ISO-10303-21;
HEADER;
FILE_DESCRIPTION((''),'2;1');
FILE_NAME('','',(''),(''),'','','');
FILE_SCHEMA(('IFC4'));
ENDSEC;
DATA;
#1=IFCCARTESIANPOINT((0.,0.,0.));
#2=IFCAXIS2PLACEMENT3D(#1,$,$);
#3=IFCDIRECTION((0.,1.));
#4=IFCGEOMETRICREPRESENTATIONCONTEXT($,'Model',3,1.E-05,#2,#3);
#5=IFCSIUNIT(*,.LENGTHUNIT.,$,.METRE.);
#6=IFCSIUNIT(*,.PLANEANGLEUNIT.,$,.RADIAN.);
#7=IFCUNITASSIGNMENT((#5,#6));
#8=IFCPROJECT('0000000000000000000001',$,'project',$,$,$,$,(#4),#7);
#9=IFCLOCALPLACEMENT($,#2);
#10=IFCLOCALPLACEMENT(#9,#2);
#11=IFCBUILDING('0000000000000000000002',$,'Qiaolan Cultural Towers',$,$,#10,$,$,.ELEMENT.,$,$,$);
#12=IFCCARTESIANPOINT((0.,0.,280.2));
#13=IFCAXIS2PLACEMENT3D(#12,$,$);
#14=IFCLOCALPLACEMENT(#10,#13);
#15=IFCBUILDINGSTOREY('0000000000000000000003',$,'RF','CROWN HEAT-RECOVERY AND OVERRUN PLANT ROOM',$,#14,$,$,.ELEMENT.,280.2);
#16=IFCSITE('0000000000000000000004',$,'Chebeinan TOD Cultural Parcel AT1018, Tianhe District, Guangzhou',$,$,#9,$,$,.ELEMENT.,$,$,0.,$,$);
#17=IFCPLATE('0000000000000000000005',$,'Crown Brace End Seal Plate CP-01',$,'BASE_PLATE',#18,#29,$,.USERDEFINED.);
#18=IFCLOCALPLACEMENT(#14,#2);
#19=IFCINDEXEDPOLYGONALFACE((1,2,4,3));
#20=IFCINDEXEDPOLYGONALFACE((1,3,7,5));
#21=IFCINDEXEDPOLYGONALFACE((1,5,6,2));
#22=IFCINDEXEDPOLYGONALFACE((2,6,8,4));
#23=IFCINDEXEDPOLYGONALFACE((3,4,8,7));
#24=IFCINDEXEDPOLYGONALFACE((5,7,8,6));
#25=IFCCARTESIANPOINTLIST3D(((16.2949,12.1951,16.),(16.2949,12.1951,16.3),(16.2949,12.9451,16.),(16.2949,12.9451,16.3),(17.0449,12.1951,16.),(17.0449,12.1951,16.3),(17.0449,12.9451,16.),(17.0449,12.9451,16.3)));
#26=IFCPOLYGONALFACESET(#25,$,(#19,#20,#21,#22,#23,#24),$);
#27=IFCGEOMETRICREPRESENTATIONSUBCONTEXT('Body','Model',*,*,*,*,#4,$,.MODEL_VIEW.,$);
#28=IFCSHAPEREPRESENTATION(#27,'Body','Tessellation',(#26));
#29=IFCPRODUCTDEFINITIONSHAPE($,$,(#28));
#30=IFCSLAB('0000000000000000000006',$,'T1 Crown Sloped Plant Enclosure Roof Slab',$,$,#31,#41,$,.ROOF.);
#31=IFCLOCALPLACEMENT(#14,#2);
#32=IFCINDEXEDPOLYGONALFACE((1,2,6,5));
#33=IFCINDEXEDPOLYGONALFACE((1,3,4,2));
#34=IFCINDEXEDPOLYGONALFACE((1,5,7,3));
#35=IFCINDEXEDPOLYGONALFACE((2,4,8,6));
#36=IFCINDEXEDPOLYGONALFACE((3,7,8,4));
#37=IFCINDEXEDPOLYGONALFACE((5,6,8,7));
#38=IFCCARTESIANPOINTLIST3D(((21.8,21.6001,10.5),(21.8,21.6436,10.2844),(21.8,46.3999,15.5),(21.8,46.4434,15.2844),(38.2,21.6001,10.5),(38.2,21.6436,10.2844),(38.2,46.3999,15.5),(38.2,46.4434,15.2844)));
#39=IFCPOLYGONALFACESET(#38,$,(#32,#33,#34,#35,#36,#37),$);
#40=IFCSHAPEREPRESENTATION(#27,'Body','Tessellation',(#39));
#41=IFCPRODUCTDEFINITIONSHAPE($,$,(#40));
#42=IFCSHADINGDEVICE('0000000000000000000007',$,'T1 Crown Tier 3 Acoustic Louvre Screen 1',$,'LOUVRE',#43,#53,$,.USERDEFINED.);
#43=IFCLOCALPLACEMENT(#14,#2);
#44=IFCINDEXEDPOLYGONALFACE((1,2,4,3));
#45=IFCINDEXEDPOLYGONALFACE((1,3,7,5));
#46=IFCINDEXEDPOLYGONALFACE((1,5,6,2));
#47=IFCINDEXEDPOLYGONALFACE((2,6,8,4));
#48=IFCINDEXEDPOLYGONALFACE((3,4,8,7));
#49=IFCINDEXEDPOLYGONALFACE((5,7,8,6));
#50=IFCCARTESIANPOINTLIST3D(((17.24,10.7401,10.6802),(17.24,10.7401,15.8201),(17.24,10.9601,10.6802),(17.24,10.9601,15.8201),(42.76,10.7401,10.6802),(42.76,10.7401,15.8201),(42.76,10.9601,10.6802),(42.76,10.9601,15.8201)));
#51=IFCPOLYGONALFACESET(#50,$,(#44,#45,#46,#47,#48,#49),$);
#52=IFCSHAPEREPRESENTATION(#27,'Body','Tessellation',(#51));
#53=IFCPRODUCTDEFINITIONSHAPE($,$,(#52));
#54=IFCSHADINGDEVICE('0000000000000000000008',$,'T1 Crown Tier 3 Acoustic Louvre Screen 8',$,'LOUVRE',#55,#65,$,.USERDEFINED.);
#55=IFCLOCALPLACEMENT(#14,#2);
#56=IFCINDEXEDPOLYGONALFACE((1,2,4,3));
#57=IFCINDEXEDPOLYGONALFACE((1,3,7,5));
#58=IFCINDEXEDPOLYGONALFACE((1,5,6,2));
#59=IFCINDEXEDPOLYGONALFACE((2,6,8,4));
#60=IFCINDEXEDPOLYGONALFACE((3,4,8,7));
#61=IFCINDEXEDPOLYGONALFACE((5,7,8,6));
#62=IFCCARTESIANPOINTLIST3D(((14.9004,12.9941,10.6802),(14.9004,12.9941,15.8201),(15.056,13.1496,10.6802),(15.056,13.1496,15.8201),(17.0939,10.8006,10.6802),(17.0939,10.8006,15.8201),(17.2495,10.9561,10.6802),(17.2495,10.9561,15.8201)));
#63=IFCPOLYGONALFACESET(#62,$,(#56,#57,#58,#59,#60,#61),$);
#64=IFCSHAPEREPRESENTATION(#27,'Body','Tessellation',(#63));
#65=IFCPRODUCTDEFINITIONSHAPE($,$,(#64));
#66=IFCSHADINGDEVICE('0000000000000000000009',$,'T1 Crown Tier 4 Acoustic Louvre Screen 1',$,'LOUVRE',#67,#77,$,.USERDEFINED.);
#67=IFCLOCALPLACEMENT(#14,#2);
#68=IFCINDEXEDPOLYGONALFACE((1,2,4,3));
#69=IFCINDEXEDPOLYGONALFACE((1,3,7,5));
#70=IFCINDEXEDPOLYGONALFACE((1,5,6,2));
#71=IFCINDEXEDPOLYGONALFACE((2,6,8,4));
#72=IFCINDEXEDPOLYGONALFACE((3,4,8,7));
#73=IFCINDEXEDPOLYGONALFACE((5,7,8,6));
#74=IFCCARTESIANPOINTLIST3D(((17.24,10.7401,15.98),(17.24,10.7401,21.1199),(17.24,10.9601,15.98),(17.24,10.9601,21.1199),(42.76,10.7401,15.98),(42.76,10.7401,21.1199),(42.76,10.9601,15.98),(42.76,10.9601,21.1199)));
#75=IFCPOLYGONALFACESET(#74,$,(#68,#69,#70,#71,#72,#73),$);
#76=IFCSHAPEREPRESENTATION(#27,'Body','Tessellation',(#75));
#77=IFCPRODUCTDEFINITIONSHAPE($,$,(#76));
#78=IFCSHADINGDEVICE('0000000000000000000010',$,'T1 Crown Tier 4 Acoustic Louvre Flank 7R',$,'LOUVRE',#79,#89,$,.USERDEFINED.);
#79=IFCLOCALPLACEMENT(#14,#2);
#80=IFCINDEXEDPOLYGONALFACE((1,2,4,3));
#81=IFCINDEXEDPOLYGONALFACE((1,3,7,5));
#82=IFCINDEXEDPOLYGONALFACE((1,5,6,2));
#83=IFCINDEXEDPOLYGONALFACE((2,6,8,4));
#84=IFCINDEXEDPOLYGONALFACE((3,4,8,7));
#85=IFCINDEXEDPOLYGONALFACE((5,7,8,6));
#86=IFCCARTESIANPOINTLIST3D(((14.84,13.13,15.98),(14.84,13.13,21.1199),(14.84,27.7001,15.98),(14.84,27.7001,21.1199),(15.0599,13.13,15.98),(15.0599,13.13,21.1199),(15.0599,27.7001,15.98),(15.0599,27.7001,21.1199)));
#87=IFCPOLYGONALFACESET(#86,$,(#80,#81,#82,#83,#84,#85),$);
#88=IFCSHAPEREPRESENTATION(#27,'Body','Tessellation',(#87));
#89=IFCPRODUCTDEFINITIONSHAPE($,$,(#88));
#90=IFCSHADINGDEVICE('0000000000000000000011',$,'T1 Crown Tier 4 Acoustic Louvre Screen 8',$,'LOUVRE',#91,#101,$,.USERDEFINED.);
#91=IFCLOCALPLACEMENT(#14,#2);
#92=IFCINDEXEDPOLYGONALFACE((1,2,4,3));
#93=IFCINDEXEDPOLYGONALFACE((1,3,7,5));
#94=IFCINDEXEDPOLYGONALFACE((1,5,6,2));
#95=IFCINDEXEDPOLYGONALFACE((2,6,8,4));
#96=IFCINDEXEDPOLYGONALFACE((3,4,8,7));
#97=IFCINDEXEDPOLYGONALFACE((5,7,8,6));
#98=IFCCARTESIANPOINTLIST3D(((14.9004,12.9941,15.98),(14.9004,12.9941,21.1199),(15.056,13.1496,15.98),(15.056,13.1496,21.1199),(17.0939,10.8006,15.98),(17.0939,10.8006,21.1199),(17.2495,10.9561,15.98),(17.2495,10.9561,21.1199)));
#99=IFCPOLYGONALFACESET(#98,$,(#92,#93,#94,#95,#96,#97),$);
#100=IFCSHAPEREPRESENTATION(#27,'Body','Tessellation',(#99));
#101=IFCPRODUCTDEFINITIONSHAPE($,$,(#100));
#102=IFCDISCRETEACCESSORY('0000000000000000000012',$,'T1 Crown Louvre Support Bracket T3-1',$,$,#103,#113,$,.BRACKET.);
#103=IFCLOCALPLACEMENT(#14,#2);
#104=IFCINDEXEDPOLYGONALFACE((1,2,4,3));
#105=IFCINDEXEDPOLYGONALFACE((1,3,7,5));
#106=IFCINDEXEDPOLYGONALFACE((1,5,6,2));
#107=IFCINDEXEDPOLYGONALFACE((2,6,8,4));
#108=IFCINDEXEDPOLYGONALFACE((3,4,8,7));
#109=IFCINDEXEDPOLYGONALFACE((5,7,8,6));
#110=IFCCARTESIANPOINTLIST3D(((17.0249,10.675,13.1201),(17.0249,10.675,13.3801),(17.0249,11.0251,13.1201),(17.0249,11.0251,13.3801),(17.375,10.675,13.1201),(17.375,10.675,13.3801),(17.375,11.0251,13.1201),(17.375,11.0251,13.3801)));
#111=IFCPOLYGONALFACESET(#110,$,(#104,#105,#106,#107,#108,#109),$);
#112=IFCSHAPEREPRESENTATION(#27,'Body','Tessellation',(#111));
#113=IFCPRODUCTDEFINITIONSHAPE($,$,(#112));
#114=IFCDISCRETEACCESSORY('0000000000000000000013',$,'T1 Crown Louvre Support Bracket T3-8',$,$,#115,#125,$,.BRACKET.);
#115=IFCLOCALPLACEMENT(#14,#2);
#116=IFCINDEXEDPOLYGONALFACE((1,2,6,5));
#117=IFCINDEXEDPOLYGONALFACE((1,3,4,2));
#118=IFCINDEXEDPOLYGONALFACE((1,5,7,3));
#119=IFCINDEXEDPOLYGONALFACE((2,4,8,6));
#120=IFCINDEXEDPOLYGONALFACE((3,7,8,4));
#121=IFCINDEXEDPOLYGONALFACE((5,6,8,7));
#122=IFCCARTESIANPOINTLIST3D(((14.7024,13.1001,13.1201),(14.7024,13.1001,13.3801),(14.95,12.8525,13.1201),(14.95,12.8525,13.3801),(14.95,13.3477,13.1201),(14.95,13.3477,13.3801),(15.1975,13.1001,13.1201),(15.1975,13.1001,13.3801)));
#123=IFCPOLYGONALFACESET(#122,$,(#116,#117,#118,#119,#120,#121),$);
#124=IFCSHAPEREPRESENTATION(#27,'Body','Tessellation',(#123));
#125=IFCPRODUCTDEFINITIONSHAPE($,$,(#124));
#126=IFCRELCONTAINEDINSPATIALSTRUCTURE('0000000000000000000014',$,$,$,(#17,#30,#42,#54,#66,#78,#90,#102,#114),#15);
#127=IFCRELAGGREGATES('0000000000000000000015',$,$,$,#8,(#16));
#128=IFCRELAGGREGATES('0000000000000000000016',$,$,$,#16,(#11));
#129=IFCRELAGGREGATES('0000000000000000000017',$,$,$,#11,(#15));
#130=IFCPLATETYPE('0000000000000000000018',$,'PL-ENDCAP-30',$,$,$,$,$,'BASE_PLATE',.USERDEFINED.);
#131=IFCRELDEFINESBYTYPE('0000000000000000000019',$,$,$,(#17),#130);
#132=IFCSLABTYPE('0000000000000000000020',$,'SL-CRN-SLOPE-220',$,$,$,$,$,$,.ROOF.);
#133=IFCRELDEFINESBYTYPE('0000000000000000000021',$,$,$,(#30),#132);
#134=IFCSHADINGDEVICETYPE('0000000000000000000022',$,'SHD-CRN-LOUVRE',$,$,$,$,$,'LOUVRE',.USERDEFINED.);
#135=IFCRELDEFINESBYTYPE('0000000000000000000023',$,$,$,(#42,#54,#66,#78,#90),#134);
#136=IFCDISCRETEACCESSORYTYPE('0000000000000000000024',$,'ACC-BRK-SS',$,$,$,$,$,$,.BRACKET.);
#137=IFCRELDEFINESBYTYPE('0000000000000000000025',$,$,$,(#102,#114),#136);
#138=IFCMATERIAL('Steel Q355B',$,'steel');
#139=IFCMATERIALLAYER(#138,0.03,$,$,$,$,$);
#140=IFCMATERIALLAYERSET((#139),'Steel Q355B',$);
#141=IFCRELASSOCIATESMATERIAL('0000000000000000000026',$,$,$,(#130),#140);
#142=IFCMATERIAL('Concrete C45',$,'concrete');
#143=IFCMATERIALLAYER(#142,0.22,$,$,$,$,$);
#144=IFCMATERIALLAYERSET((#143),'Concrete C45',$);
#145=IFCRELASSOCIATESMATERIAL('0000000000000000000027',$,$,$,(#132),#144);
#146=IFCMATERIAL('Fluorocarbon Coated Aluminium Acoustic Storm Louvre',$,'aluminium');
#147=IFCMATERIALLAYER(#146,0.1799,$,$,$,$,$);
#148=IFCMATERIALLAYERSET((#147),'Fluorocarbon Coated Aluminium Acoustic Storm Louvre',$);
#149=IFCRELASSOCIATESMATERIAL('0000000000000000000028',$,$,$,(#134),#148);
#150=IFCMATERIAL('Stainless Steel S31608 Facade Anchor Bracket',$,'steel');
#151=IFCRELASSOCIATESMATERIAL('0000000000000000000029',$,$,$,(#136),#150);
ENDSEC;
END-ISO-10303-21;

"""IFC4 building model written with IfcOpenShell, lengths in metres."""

from ifc_helpers import new_model, si_unit, direction, frame, origin, origin_2d, place, context, subcontext, project, spatial, polyline, rectangle, outline, extrude, material, layer, layer_set, type_object, element, save


model = new_model("IFC4")

# Units and contexts
model_context = context("Model", 3, precision=1e-05, world=origin(), true_north=direction((0.0, 1.0)))
body_context = subcontext(model_context, "Body", "Model", "MODEL_VIEW")
ifc_project = project(units=[si_unit("LENGTHUNIT", "METRE"), si_unit("PLANEANGLEUNIT", "RADIAN")], contexts=[model_context])

# Site, building, storey
site_placement = place(None, origin())
site = spatial("IfcSite", under=ifc_project, at=site_placement, Name="Chebeinan TOD Cultural Parcel AT1018, Tianhe District, Guangzhou", CompositionType="ELEMENT", RefElevation=0.0)
building_placement = place(site_placement, origin())
building = spatial("IfcBuilding", under=site, at=building_placement, Name="Qiaolan Cultural Towers", CompositionType="ELEMENT")
storey_placement = place(building_placement, frame((0.0, 0.0, 280.2)))
storey = spatial("IfcBuildingStorey", under=building, at=storey_placement, Name="RF", Description="CROWN HEAT-RECOVERY AND OVERRUN PLANT ROOM", CompositionType="ELEMENT", Elevation=280.2)

# Plate
ifc_material_1 = material(Name="Steel Q355B", Category="steel")
ifc_layer_1 = layer(ifc_material_1, 0.03)
ifc_layer_set_1 = layer_set([ifc_layer_1], Name="Steel Q355B")
plate_type_1 = type_object("IfcPlateType", Name="PL-ENDCAP-30", ElementType="BASE_PLATE", PredefinedType="USERDEFINED", material=ifc_layer_set_1)
for number, where, z_axis, x_axis, name in (
    (1, (16.6699, 12.5701, 16.0), (0.0, 0.0, 1.0), (1.0, 0.0, 0.0), "Crown Brace End Seal Plate CP-01"),
):
    element("IfcPlate", number, at=place(storey_placement, frame(where, z_axis=z_axis, x_axis=x_axis)), inside=storey, type_object=plate_type_1, Name=name, ObjectType="BASE_PLATE", PredefinedType="USERDEFINED", context=body_context, shape_type="SweptSolid", body=[
        extrude(rectangle(XDim=0.75, YDim=0.75, at=origin_2d()), origin(), (0.0, 0.0, 1.0), 0.3),
    ])

# Slab
ifc_material_2 = material(Name="Concrete C45", Category="concrete")
ifc_layer_2 = layer(ifc_material_2, 0.22)
ifc_layer_set_2 = layer_set([ifc_layer_2], Name="Concrete C45")
slab_type = type_object("IfcSlabType", Name="SL-CRN-SLOPE-220", PredefinedType="ROOF", material=ifc_layer_set_2)
slab_placement = place(storey_placement, frame((21.8, 21.6001, 10.5), z_axis=(0.0, -0.197638, 0.980275), x_axis=(1.0, 0.0, 0.0)))
element("IfcSlab", 2, at=slab_placement, inside=storey, type_object=slab_type, Name="T1 Crown Sloped Plant Enclosure Roof Slab", PredefinedType="ROOF", context=body_context, shape_type="SweptSolid", body=[
    extrude(outline(polyline([(0.0, 0.0), (16.3999, 0.0), (16.3999, 25.2988), (0.0, 25.2988), (0.0, 0.0)])), origin(), (0.0, 0.0, -1.0), 0.22),
])

# Shading devices
ifc_material_3 = material(Name="Fluorocarbon Coated Aluminium Acoustic Storm Louvre", Category="aluminium")
ifc_layer_3 = layer(ifc_material_3, 0.1799)
ifc_layer_set_3 = layer_set([ifc_layer_3], Name="Fluorocarbon Coated Aluminium Acoustic Storm Louvre")
shading_device_type = type_object("IfcShadingDeviceType", Name="SHD-CRN-LOUVRE", ElementType="LOUVRE", PredefinedType="USERDEFINED", material=ifc_layer_set_3)
shading_device_1_placement = place(storey_placement, frame((30.0, 10.8501, 10.6802), z_axis=(0.0, 0.0, 1.0), x_axis=(1.0, 0.0, 0.0)))
element("IfcShadingDevice", 3, at=shading_device_1_placement, inside=storey, type_object=shading_device_type, Name="T1 Crown Tier 3 Acoustic Louvre Screen 1", ObjectType="LOUVRE", PredefinedType="USERDEFINED", context=body_context, shape_type="SweptSolid", body=[
    extrude(rectangle(XDim=25.52, YDim=0.22, at=origin_2d()), origin(), (0.0, 0.0, 1.0), 5.1399),
])
shading_device_2_placement = place(storey_placement, frame((16.075, 11.9751, 10.6802), z_axis=(0.0, 0.0, 1.0), x_axis=(0.707107, -0.707107, 0.0)))
element("IfcShadingDevice", 4, at=shading_device_2_placement, inside=storey, type_object=shading_device_type, Name="T1 Crown Tier 3 Acoustic Louvre Screen 8", ObjectType="LOUVRE", PredefinedType="USERDEFINED", context=body_context, shape_type="SweptSolid", body=[
    extrude(rectangle(XDim=3.1021, YDim=0.22, at=origin_2d()), origin(), (0.0, 0.0, 1.0), 5.1399),
])
shading_device_3_placement = place(storey_placement, frame((30.0, 10.8501, 15.98), z_axis=(0.0, 0.0, 1.0), x_axis=(1.0, 0.0, 0.0)))
element("IfcShadingDevice", 5, at=shading_device_3_placement, inside=storey, type_object=shading_device_type, Name="T1 Crown Tier 4 Acoustic Louvre Screen 1", ObjectType="LOUVRE", PredefinedType="USERDEFINED", context=body_context, shape_type="SweptSolid", body=[
    extrude(rectangle(XDim=25.52, YDim=0.22, at=origin_2d()), origin(), (0.0, 0.0, 1.0), 5.1399),
])
shading_device_4_placement = place(storey_placement, frame((14.95, 20.415, 15.98), z_axis=(0.0, 0.0, 1.0), x_axis=(0.0, -1.0, 0.0)))
element("IfcShadingDevice", 6, at=shading_device_4_placement, inside=storey, type_object=shading_device_type, Name="T1 Crown Tier 4 Acoustic Louvre Flank 7R", ObjectType="LOUVRE", PredefinedType="USERDEFINED", context=body_context, shape_type="SweptSolid", body=[
    extrude(rectangle(XDim=14.5701, YDim=0.22, at=origin_2d()), origin(), (0.0, 0.0, 1.0), 5.1399),
])
shading_device_5_placement = place(storey_placement, frame((16.075, 11.9751, 15.98), z_axis=(0.0, 0.0, 1.0), x_axis=(0.707107, -0.707107, 0.0)))
element("IfcShadingDevice", 7, at=shading_device_5_placement, inside=storey, type_object=shading_device_type, Name="T1 Crown Tier 4 Acoustic Louvre Screen 8", ObjectType="LOUVRE", PredefinedType="USERDEFINED", context=body_context, shape_type="SweptSolid", body=[
    extrude(rectangle(XDim=3.1021, YDim=0.22, at=origin_2d()), origin(), (0.0, 0.0, 1.0), 5.1399),
])

# Discrete accessories
ifc_material_4 = material(Name="Stainless Steel S31608 Facade Anchor Bracket", Category="steel")
discrete_accessory_type = type_object("IfcDiscreteAccessoryType", Name="ACC-BRK-SS", PredefinedType="BRACKET", material=ifc_material_4)
for number, where, z_axis, x_axis, name in (
    (8, (17.2, 10.8501, 13.1201), (0.0, 0.0, 1.0), (1.0, 0.0, 0.0), "T1 Crown Louvre Support Bracket T3-1"),
    (9, (14.95, 13.1001, 13.1201), (0.0, 0.0, 1.0), (0.707107, -0.707107, 0.0), "T1 Crown Louvre Support Bracket T3-8"),
):
    element("IfcDiscreteAccessory", number, at=place(storey_placement, frame(where, z_axis=z_axis, x_axis=x_axis)), inside=storey, type_object=discrete_accessory_type, Name=name, PredefinedType="BRACKET", context=body_context, shape_type="SweptSolid", body=[
        extrude(rectangle(XDim=0.3501, YDim=0.3501, at=origin_2d()), origin(), (0.0, 0.0, 1.0), 0.26),
    ])

save(model, "model.ifc")
